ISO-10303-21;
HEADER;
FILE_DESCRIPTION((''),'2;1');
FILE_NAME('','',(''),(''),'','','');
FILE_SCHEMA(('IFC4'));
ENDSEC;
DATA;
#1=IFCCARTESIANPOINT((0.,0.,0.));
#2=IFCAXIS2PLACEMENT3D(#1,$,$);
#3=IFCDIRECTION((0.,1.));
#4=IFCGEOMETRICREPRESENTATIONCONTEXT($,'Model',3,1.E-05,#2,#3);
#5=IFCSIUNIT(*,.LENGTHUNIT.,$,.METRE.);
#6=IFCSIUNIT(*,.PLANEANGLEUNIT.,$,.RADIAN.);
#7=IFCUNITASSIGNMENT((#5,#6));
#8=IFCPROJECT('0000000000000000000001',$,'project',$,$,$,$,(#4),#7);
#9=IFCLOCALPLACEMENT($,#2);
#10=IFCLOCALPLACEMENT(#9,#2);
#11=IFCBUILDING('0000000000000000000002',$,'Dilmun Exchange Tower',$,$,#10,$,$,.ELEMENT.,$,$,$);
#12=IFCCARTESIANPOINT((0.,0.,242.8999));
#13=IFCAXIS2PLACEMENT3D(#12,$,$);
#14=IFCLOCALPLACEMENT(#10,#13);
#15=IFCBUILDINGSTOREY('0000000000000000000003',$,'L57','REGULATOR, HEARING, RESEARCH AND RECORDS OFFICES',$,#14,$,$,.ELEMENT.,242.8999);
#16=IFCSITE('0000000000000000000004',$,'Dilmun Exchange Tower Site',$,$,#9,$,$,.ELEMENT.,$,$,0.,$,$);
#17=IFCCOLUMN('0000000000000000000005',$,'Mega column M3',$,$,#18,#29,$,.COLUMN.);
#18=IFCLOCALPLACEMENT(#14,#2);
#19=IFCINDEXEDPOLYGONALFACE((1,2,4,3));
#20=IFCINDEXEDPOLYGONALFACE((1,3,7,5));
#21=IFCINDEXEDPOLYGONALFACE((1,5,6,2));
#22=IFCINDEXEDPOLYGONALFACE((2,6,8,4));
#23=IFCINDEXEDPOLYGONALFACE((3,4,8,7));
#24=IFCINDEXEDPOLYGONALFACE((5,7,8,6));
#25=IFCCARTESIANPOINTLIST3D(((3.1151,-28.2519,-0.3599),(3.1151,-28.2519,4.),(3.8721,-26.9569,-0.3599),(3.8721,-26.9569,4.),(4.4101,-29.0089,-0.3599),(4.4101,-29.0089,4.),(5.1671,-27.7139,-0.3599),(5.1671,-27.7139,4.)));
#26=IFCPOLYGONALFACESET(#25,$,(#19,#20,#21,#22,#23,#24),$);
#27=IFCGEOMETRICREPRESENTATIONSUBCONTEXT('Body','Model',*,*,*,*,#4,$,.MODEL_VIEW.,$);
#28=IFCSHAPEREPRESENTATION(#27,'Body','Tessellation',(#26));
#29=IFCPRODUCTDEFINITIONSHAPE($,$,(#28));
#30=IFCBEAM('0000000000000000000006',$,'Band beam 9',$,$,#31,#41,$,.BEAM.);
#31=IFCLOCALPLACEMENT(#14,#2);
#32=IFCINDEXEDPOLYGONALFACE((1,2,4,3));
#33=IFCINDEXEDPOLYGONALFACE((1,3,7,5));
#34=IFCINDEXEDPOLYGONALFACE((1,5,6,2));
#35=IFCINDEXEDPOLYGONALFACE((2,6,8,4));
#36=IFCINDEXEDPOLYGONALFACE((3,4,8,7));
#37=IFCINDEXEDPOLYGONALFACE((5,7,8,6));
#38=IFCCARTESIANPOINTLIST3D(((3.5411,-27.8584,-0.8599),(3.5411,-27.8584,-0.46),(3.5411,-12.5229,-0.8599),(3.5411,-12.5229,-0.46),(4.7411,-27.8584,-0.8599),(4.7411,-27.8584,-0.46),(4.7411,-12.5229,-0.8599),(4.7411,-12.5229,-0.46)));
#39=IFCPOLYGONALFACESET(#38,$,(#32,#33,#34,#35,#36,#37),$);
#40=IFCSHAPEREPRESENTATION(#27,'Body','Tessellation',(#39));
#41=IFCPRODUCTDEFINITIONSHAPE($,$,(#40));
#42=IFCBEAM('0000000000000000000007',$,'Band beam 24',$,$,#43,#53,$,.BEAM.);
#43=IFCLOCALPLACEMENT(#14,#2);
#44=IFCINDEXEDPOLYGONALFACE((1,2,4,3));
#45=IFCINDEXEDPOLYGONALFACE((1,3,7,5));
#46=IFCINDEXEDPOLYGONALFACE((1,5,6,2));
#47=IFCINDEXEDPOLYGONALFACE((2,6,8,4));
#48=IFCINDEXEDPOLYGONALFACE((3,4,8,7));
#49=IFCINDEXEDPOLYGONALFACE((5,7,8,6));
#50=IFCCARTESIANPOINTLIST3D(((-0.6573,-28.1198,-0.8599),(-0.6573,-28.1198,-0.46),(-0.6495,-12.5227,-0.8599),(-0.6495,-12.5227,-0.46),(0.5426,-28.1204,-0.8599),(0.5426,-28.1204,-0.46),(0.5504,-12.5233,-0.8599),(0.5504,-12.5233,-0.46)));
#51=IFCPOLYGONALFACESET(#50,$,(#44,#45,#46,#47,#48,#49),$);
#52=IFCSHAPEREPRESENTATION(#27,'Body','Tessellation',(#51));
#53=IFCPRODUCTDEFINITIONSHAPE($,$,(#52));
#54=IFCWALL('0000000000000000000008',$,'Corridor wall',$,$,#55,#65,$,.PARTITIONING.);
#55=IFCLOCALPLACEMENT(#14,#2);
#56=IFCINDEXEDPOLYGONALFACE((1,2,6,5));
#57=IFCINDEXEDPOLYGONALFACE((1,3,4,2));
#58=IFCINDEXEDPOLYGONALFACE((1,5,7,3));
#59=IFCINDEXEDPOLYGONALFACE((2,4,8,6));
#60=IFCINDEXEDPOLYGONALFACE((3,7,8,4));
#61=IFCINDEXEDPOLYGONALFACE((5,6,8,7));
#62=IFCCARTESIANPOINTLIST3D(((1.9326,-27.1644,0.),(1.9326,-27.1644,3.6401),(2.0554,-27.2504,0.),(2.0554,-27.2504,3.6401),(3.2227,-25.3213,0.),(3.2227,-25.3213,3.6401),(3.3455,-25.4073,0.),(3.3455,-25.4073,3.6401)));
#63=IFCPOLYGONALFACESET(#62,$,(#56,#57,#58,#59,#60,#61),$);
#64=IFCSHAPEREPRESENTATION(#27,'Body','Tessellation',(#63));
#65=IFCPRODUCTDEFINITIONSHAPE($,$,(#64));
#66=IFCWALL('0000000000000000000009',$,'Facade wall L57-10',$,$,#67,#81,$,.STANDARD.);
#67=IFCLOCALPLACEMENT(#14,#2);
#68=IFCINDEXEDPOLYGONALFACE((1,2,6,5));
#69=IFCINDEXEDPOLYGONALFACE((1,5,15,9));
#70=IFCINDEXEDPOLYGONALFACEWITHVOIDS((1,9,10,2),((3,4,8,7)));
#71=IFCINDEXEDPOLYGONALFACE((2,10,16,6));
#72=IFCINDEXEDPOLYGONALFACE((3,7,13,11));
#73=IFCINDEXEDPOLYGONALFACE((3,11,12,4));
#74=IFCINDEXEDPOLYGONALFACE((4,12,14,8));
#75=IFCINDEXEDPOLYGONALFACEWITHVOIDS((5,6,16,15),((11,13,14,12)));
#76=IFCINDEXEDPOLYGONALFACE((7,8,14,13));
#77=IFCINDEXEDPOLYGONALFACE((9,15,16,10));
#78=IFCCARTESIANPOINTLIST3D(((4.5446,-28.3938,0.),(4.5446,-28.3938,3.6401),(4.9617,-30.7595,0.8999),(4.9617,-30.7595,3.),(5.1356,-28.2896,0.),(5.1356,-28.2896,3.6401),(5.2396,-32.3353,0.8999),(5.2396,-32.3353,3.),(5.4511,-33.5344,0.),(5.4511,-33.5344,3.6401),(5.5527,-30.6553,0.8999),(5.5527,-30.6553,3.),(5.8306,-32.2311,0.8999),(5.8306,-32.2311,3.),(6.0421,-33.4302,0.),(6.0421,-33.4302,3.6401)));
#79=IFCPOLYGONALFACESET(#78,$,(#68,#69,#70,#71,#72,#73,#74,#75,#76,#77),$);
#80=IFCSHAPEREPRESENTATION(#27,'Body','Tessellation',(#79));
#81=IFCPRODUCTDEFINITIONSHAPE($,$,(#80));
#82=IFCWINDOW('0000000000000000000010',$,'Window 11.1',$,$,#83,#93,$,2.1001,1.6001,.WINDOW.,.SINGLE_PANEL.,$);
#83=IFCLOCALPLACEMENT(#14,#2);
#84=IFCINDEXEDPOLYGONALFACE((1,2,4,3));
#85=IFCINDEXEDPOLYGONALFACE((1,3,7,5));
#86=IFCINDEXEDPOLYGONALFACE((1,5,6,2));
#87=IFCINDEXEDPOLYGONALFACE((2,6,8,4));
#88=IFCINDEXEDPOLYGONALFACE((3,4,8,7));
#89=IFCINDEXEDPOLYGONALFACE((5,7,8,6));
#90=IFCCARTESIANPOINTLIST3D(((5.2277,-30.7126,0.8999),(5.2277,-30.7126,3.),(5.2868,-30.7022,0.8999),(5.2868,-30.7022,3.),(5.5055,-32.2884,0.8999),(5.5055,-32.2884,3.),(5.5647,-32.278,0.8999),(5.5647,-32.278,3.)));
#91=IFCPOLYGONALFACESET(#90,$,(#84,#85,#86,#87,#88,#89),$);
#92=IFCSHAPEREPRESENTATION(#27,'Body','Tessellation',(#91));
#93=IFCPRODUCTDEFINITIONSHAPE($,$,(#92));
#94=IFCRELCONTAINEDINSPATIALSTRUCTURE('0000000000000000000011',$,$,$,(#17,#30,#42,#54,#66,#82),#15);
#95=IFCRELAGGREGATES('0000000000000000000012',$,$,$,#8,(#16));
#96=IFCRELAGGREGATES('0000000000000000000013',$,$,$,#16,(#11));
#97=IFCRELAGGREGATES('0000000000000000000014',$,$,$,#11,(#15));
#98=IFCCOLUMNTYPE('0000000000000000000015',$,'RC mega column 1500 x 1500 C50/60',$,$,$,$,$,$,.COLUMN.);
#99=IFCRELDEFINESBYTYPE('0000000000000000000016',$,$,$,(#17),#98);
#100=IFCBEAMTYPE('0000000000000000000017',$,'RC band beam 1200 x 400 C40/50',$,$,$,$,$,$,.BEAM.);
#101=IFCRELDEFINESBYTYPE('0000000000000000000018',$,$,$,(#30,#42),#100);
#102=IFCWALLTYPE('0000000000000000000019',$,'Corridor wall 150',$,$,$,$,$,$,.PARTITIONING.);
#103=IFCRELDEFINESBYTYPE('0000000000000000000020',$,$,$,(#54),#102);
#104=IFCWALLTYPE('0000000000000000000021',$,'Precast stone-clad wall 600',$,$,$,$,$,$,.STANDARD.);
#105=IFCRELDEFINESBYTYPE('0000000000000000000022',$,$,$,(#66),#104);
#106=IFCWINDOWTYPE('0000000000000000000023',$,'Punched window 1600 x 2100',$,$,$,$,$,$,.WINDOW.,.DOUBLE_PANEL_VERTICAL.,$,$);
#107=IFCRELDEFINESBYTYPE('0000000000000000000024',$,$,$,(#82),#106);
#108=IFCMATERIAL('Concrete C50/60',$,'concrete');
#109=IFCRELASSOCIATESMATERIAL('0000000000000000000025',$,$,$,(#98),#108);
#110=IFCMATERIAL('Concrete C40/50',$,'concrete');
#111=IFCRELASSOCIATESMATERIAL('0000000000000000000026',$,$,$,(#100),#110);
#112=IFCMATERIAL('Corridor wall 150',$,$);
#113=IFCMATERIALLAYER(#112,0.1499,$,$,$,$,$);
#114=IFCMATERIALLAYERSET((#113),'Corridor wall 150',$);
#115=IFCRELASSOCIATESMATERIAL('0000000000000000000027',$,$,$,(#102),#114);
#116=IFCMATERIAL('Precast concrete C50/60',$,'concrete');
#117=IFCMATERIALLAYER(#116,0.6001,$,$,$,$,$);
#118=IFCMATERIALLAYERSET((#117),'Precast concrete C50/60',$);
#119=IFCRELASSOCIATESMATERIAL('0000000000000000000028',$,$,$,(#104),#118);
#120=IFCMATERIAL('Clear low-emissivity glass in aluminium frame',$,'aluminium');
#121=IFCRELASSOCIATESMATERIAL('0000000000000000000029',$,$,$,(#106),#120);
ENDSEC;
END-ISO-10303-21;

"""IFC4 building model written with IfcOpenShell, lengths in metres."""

from ifc_helpers import new_model, si_unit, direction, frame, frame_2d, origin, origin_2d, place, context, subcontext, project, spatial, rectangle, extrude, material, layer, layer_set, material_profile, profile_set, type_object, element, fill, save


model = new_model("IFC4")

# Units and contexts
model_context = context("Model", 3, precision=1e-05, world=origin(), true_north=direction((0.0, 1.0)))
body_context = subcontext(model_context, "Body", "Model", "MODEL_VIEW")
ifc_project = project(units=[si_unit("LENGTHUNIT", "METRE"), si_unit("PLANEANGLEUNIT", "RADIAN")], contexts=[model_context])

# Site, building, storey
site_placement = place(None, origin())
site = spatial("IfcSite", under=ifc_project, at=site_placement, Name="Dilmun Exchange Tower Site", CompositionType="ELEMENT", RefElevation=0.0)
building_placement = place(site_placement, origin())
building = spatial("IfcBuilding", under=site, at=building_placement, Name="Dilmun Exchange Tower", CompositionType="ELEMENT")
storey_placement = place(building_placement, frame((0.0, 0.0, 242.8999)))
storey = spatial("IfcBuildingStorey", under=building, at=storey_placement, Name="L57", Description="REGULATOR, HEARING, RESEARCH AND RECORDS OFFICES", CompositionType="ELEMENT", Elevation=242.8999)

# Column
ifc_material_1 = material(Name="Concrete C50/60", Category="concrete")
ifc_material_profile_1 = material_profile(ifc_material_1, rectangle(XDim=1.5, YDim=1.5, at=origin_2d()), Name="1500 x 1500")
ifc_profile_set_1 = profile_set([ifc_material_profile_1], Name="Concrete C50/60")
column_type = type_object("IfcColumnType", Name="RC mega column 1500 x 1500 C50/60", PredefinedType="COLUMN", material=ifc_profile_set_1)
column_placement = place(storey_placement, frame((4.1411, -27.9829, -0.3599), z_axis=(0.0, 0.0, 1.0), x_axis=(0.504644, 0.863328, 0.0)))
element("IfcColumn", 1, at=column_placement, inside=storey, type_object=column_type, Name="Mega column M3", PredefinedType="COLUMN", context=body_context, shape_type="SweptSolid", body=[
    extrude(rectangle(XDim=1.5, YDim=1.5, at=origin_2d()), origin(), (0.0, 0.0, 1.0), 4.3599),
])

# Beams
ifc_material_2 = material(Name="Concrete C40/50", Category="concrete")
ifc_material_profile_2 = material_profile(ifc_material_2, rectangle(XDim=1.2, YDim=0.3999, at=origin_2d()), Name="1200 x 400")
ifc_profile_set_2 = profile_set([ifc_material_profile_2], Name="Concrete C40/50")
beam_type = type_object("IfcBeamType", Name="RC band beam 1200 x 400 C40/50", PredefinedType="BEAM", material=ifc_profile_set_2)
beam_1_placement = place(storey_placement, frame((4.1411, -27.8584, -0.6599), z_axis=(0.0, 1.0, 0.0), x_axis=(-1.0, 0.0, 0.0)))
element("IfcBeam", 2, at=beam_1_placement, inside=storey, type_object=beam_type, Name="Band beam 9", PredefinedType="BEAM", context=body_context, shape_type="SweptSolid", body=[
    extrude(rectangle(XDim=1.2, YDim=0.3999, at=origin_2d()), origin(), (0.0, 0.0, 1.0), 15.3354),
])
beam_2_placement = place(storey_placement, frame((-0.0574, -28.1201, -0.6599), z_axis=(0.000501, 1.0, 0.0), x_axis=(-1.0, 0.000501, 0.0)))
element("IfcBeam", 3, at=beam_2_placement, inside=storey, type_object=beam_type, Name="Band beam 24", PredefinedType="BEAM", context=body_context, shape_type="SweptSolid", body=[
    extrude(rectangle(XDim=1.2, YDim=0.3999, at=origin_2d()), origin(), (0.0, 0.0, 1.0), 15.5972),
])

# Wall
ifc_material_3 = material(Name="Corridor wall 150")
ifc_layer_1 = layer(ifc_material_3, 0.1499)
ifc_layer_set_1 = layer_set([ifc_layer_1], Name="Corridor wall 150")
wall_type_1 = type_object("IfcWallType", Name="Corridor wall 150", PredefinedType="PARTITIONING", material=ifc_layer_set_1)
wall_1_placement = place(storey_placement, frame((1.9939, -27.2075, 0.0), z_axis=(0.0, 0.0, 1.0), x_axis=(0.57344, 0.819247, 0.0)))
element("IfcWall", 4, at=wall_1_placement, inside=storey, type_object=wall_type_1, Name="Corridor wall", PredefinedType="PARTITIONING", context=body_context, shape_type="SweptSolid", body=[
    extrude(rectangle(XDim=2.2498, YDim=0.1499, at=frame_2d((1.125, 0.0))), origin(), (0.0, 0.0, 1.0), 3.6401),
])

# Wall, opening, window
ifc_material_4 = material(Name="Precast concrete C50/60", Category="concrete")
ifc_layer_2 = layer(ifc_material_4, 0.6001)
ifc_layer_set_2 = layer_set([ifc_layer_2], Name="Precast concrete C50/60")
wall_type_2 = type_object("IfcWallType", Name="Precast stone-clad wall 600", PredefinedType="STANDARD", material=ifc_layer_set_2)
wall_2_placement = place(storey_placement, frame((4.8401, -28.3418, 0.0), z_axis=(0.0, 0.0, 1.0), x_axis=(0.17366, -0.984806, 0.0)))
wall_2 = element("IfcWall", 5, at=wall_2_placement, inside=storey, type_object=wall_type_2, Name="Facade wall L57-10", PredefinedType="STANDARD", context=body_context, shape_type="SweptSolid", body=[
    extrude(rectangle(XDim=5.22, YDim=0.6001, at=frame_2d((2.6099, 0.0))), origin(), (0.0, 0.0, 1.0), 3.6401),
])
opening_1_placement = place(wall_2_placement, frame((2.4021, 0.0, 0.8999)))
opening_1 = element("IfcOpeningElement", 6, at=opening_1_placement, cuts=wall_2, PredefinedType="OPENING", context=body_context, shape_type="SweptSolid", body=[
    extrude(rectangle(XDim=1.6001, YDim=2.1001, at=frame_2d((0.8, 1.05))), frame((0.0, 0.3101, 0.0), z_axis=(0.0, -1.0, 0.0), x_axis=(1.0, 0.0, 0.0)), (0.0, 0.0, 1.0), 0.6201),
])
ifc_material_5 = material(Name="Clear low-emissivity glass in aluminium frame", Category="aluminium")
window_type_1 = type_object("IfcWindowType", Name="Punched window 1600 x 2100", PartitioningType="DOUBLE_PANEL_VERTICAL", PredefinedType="WINDOW", material=ifc_material_5)
window_1_placement = place(opening_1_placement, origin())
window_1 = element("IfcWindow", 7, at=window_1_placement, inside=storey, type_object=window_type_1, Name="Window 11.1", OverallHeight=2.1001, OverallWidth=1.6001, PartitioningType="SINGLE_PANEL", PredefinedType="WINDOW", context=body_context, shape_type="SweptSolid", body=[
    extrude(rectangle(XDim=1.6001, YDim=2.1001, at=frame_2d((0.8, 1.05))), frame((0.0, 0.03, 0.0), z_axis=(0.0, -1.0, 0.0), x_axis=(1.0, 0.0, 0.0)), (0.0, 0.0, 1.0), 0.0601),
])
fill(opening_1, window_1)

save(model, "model.ifc")
